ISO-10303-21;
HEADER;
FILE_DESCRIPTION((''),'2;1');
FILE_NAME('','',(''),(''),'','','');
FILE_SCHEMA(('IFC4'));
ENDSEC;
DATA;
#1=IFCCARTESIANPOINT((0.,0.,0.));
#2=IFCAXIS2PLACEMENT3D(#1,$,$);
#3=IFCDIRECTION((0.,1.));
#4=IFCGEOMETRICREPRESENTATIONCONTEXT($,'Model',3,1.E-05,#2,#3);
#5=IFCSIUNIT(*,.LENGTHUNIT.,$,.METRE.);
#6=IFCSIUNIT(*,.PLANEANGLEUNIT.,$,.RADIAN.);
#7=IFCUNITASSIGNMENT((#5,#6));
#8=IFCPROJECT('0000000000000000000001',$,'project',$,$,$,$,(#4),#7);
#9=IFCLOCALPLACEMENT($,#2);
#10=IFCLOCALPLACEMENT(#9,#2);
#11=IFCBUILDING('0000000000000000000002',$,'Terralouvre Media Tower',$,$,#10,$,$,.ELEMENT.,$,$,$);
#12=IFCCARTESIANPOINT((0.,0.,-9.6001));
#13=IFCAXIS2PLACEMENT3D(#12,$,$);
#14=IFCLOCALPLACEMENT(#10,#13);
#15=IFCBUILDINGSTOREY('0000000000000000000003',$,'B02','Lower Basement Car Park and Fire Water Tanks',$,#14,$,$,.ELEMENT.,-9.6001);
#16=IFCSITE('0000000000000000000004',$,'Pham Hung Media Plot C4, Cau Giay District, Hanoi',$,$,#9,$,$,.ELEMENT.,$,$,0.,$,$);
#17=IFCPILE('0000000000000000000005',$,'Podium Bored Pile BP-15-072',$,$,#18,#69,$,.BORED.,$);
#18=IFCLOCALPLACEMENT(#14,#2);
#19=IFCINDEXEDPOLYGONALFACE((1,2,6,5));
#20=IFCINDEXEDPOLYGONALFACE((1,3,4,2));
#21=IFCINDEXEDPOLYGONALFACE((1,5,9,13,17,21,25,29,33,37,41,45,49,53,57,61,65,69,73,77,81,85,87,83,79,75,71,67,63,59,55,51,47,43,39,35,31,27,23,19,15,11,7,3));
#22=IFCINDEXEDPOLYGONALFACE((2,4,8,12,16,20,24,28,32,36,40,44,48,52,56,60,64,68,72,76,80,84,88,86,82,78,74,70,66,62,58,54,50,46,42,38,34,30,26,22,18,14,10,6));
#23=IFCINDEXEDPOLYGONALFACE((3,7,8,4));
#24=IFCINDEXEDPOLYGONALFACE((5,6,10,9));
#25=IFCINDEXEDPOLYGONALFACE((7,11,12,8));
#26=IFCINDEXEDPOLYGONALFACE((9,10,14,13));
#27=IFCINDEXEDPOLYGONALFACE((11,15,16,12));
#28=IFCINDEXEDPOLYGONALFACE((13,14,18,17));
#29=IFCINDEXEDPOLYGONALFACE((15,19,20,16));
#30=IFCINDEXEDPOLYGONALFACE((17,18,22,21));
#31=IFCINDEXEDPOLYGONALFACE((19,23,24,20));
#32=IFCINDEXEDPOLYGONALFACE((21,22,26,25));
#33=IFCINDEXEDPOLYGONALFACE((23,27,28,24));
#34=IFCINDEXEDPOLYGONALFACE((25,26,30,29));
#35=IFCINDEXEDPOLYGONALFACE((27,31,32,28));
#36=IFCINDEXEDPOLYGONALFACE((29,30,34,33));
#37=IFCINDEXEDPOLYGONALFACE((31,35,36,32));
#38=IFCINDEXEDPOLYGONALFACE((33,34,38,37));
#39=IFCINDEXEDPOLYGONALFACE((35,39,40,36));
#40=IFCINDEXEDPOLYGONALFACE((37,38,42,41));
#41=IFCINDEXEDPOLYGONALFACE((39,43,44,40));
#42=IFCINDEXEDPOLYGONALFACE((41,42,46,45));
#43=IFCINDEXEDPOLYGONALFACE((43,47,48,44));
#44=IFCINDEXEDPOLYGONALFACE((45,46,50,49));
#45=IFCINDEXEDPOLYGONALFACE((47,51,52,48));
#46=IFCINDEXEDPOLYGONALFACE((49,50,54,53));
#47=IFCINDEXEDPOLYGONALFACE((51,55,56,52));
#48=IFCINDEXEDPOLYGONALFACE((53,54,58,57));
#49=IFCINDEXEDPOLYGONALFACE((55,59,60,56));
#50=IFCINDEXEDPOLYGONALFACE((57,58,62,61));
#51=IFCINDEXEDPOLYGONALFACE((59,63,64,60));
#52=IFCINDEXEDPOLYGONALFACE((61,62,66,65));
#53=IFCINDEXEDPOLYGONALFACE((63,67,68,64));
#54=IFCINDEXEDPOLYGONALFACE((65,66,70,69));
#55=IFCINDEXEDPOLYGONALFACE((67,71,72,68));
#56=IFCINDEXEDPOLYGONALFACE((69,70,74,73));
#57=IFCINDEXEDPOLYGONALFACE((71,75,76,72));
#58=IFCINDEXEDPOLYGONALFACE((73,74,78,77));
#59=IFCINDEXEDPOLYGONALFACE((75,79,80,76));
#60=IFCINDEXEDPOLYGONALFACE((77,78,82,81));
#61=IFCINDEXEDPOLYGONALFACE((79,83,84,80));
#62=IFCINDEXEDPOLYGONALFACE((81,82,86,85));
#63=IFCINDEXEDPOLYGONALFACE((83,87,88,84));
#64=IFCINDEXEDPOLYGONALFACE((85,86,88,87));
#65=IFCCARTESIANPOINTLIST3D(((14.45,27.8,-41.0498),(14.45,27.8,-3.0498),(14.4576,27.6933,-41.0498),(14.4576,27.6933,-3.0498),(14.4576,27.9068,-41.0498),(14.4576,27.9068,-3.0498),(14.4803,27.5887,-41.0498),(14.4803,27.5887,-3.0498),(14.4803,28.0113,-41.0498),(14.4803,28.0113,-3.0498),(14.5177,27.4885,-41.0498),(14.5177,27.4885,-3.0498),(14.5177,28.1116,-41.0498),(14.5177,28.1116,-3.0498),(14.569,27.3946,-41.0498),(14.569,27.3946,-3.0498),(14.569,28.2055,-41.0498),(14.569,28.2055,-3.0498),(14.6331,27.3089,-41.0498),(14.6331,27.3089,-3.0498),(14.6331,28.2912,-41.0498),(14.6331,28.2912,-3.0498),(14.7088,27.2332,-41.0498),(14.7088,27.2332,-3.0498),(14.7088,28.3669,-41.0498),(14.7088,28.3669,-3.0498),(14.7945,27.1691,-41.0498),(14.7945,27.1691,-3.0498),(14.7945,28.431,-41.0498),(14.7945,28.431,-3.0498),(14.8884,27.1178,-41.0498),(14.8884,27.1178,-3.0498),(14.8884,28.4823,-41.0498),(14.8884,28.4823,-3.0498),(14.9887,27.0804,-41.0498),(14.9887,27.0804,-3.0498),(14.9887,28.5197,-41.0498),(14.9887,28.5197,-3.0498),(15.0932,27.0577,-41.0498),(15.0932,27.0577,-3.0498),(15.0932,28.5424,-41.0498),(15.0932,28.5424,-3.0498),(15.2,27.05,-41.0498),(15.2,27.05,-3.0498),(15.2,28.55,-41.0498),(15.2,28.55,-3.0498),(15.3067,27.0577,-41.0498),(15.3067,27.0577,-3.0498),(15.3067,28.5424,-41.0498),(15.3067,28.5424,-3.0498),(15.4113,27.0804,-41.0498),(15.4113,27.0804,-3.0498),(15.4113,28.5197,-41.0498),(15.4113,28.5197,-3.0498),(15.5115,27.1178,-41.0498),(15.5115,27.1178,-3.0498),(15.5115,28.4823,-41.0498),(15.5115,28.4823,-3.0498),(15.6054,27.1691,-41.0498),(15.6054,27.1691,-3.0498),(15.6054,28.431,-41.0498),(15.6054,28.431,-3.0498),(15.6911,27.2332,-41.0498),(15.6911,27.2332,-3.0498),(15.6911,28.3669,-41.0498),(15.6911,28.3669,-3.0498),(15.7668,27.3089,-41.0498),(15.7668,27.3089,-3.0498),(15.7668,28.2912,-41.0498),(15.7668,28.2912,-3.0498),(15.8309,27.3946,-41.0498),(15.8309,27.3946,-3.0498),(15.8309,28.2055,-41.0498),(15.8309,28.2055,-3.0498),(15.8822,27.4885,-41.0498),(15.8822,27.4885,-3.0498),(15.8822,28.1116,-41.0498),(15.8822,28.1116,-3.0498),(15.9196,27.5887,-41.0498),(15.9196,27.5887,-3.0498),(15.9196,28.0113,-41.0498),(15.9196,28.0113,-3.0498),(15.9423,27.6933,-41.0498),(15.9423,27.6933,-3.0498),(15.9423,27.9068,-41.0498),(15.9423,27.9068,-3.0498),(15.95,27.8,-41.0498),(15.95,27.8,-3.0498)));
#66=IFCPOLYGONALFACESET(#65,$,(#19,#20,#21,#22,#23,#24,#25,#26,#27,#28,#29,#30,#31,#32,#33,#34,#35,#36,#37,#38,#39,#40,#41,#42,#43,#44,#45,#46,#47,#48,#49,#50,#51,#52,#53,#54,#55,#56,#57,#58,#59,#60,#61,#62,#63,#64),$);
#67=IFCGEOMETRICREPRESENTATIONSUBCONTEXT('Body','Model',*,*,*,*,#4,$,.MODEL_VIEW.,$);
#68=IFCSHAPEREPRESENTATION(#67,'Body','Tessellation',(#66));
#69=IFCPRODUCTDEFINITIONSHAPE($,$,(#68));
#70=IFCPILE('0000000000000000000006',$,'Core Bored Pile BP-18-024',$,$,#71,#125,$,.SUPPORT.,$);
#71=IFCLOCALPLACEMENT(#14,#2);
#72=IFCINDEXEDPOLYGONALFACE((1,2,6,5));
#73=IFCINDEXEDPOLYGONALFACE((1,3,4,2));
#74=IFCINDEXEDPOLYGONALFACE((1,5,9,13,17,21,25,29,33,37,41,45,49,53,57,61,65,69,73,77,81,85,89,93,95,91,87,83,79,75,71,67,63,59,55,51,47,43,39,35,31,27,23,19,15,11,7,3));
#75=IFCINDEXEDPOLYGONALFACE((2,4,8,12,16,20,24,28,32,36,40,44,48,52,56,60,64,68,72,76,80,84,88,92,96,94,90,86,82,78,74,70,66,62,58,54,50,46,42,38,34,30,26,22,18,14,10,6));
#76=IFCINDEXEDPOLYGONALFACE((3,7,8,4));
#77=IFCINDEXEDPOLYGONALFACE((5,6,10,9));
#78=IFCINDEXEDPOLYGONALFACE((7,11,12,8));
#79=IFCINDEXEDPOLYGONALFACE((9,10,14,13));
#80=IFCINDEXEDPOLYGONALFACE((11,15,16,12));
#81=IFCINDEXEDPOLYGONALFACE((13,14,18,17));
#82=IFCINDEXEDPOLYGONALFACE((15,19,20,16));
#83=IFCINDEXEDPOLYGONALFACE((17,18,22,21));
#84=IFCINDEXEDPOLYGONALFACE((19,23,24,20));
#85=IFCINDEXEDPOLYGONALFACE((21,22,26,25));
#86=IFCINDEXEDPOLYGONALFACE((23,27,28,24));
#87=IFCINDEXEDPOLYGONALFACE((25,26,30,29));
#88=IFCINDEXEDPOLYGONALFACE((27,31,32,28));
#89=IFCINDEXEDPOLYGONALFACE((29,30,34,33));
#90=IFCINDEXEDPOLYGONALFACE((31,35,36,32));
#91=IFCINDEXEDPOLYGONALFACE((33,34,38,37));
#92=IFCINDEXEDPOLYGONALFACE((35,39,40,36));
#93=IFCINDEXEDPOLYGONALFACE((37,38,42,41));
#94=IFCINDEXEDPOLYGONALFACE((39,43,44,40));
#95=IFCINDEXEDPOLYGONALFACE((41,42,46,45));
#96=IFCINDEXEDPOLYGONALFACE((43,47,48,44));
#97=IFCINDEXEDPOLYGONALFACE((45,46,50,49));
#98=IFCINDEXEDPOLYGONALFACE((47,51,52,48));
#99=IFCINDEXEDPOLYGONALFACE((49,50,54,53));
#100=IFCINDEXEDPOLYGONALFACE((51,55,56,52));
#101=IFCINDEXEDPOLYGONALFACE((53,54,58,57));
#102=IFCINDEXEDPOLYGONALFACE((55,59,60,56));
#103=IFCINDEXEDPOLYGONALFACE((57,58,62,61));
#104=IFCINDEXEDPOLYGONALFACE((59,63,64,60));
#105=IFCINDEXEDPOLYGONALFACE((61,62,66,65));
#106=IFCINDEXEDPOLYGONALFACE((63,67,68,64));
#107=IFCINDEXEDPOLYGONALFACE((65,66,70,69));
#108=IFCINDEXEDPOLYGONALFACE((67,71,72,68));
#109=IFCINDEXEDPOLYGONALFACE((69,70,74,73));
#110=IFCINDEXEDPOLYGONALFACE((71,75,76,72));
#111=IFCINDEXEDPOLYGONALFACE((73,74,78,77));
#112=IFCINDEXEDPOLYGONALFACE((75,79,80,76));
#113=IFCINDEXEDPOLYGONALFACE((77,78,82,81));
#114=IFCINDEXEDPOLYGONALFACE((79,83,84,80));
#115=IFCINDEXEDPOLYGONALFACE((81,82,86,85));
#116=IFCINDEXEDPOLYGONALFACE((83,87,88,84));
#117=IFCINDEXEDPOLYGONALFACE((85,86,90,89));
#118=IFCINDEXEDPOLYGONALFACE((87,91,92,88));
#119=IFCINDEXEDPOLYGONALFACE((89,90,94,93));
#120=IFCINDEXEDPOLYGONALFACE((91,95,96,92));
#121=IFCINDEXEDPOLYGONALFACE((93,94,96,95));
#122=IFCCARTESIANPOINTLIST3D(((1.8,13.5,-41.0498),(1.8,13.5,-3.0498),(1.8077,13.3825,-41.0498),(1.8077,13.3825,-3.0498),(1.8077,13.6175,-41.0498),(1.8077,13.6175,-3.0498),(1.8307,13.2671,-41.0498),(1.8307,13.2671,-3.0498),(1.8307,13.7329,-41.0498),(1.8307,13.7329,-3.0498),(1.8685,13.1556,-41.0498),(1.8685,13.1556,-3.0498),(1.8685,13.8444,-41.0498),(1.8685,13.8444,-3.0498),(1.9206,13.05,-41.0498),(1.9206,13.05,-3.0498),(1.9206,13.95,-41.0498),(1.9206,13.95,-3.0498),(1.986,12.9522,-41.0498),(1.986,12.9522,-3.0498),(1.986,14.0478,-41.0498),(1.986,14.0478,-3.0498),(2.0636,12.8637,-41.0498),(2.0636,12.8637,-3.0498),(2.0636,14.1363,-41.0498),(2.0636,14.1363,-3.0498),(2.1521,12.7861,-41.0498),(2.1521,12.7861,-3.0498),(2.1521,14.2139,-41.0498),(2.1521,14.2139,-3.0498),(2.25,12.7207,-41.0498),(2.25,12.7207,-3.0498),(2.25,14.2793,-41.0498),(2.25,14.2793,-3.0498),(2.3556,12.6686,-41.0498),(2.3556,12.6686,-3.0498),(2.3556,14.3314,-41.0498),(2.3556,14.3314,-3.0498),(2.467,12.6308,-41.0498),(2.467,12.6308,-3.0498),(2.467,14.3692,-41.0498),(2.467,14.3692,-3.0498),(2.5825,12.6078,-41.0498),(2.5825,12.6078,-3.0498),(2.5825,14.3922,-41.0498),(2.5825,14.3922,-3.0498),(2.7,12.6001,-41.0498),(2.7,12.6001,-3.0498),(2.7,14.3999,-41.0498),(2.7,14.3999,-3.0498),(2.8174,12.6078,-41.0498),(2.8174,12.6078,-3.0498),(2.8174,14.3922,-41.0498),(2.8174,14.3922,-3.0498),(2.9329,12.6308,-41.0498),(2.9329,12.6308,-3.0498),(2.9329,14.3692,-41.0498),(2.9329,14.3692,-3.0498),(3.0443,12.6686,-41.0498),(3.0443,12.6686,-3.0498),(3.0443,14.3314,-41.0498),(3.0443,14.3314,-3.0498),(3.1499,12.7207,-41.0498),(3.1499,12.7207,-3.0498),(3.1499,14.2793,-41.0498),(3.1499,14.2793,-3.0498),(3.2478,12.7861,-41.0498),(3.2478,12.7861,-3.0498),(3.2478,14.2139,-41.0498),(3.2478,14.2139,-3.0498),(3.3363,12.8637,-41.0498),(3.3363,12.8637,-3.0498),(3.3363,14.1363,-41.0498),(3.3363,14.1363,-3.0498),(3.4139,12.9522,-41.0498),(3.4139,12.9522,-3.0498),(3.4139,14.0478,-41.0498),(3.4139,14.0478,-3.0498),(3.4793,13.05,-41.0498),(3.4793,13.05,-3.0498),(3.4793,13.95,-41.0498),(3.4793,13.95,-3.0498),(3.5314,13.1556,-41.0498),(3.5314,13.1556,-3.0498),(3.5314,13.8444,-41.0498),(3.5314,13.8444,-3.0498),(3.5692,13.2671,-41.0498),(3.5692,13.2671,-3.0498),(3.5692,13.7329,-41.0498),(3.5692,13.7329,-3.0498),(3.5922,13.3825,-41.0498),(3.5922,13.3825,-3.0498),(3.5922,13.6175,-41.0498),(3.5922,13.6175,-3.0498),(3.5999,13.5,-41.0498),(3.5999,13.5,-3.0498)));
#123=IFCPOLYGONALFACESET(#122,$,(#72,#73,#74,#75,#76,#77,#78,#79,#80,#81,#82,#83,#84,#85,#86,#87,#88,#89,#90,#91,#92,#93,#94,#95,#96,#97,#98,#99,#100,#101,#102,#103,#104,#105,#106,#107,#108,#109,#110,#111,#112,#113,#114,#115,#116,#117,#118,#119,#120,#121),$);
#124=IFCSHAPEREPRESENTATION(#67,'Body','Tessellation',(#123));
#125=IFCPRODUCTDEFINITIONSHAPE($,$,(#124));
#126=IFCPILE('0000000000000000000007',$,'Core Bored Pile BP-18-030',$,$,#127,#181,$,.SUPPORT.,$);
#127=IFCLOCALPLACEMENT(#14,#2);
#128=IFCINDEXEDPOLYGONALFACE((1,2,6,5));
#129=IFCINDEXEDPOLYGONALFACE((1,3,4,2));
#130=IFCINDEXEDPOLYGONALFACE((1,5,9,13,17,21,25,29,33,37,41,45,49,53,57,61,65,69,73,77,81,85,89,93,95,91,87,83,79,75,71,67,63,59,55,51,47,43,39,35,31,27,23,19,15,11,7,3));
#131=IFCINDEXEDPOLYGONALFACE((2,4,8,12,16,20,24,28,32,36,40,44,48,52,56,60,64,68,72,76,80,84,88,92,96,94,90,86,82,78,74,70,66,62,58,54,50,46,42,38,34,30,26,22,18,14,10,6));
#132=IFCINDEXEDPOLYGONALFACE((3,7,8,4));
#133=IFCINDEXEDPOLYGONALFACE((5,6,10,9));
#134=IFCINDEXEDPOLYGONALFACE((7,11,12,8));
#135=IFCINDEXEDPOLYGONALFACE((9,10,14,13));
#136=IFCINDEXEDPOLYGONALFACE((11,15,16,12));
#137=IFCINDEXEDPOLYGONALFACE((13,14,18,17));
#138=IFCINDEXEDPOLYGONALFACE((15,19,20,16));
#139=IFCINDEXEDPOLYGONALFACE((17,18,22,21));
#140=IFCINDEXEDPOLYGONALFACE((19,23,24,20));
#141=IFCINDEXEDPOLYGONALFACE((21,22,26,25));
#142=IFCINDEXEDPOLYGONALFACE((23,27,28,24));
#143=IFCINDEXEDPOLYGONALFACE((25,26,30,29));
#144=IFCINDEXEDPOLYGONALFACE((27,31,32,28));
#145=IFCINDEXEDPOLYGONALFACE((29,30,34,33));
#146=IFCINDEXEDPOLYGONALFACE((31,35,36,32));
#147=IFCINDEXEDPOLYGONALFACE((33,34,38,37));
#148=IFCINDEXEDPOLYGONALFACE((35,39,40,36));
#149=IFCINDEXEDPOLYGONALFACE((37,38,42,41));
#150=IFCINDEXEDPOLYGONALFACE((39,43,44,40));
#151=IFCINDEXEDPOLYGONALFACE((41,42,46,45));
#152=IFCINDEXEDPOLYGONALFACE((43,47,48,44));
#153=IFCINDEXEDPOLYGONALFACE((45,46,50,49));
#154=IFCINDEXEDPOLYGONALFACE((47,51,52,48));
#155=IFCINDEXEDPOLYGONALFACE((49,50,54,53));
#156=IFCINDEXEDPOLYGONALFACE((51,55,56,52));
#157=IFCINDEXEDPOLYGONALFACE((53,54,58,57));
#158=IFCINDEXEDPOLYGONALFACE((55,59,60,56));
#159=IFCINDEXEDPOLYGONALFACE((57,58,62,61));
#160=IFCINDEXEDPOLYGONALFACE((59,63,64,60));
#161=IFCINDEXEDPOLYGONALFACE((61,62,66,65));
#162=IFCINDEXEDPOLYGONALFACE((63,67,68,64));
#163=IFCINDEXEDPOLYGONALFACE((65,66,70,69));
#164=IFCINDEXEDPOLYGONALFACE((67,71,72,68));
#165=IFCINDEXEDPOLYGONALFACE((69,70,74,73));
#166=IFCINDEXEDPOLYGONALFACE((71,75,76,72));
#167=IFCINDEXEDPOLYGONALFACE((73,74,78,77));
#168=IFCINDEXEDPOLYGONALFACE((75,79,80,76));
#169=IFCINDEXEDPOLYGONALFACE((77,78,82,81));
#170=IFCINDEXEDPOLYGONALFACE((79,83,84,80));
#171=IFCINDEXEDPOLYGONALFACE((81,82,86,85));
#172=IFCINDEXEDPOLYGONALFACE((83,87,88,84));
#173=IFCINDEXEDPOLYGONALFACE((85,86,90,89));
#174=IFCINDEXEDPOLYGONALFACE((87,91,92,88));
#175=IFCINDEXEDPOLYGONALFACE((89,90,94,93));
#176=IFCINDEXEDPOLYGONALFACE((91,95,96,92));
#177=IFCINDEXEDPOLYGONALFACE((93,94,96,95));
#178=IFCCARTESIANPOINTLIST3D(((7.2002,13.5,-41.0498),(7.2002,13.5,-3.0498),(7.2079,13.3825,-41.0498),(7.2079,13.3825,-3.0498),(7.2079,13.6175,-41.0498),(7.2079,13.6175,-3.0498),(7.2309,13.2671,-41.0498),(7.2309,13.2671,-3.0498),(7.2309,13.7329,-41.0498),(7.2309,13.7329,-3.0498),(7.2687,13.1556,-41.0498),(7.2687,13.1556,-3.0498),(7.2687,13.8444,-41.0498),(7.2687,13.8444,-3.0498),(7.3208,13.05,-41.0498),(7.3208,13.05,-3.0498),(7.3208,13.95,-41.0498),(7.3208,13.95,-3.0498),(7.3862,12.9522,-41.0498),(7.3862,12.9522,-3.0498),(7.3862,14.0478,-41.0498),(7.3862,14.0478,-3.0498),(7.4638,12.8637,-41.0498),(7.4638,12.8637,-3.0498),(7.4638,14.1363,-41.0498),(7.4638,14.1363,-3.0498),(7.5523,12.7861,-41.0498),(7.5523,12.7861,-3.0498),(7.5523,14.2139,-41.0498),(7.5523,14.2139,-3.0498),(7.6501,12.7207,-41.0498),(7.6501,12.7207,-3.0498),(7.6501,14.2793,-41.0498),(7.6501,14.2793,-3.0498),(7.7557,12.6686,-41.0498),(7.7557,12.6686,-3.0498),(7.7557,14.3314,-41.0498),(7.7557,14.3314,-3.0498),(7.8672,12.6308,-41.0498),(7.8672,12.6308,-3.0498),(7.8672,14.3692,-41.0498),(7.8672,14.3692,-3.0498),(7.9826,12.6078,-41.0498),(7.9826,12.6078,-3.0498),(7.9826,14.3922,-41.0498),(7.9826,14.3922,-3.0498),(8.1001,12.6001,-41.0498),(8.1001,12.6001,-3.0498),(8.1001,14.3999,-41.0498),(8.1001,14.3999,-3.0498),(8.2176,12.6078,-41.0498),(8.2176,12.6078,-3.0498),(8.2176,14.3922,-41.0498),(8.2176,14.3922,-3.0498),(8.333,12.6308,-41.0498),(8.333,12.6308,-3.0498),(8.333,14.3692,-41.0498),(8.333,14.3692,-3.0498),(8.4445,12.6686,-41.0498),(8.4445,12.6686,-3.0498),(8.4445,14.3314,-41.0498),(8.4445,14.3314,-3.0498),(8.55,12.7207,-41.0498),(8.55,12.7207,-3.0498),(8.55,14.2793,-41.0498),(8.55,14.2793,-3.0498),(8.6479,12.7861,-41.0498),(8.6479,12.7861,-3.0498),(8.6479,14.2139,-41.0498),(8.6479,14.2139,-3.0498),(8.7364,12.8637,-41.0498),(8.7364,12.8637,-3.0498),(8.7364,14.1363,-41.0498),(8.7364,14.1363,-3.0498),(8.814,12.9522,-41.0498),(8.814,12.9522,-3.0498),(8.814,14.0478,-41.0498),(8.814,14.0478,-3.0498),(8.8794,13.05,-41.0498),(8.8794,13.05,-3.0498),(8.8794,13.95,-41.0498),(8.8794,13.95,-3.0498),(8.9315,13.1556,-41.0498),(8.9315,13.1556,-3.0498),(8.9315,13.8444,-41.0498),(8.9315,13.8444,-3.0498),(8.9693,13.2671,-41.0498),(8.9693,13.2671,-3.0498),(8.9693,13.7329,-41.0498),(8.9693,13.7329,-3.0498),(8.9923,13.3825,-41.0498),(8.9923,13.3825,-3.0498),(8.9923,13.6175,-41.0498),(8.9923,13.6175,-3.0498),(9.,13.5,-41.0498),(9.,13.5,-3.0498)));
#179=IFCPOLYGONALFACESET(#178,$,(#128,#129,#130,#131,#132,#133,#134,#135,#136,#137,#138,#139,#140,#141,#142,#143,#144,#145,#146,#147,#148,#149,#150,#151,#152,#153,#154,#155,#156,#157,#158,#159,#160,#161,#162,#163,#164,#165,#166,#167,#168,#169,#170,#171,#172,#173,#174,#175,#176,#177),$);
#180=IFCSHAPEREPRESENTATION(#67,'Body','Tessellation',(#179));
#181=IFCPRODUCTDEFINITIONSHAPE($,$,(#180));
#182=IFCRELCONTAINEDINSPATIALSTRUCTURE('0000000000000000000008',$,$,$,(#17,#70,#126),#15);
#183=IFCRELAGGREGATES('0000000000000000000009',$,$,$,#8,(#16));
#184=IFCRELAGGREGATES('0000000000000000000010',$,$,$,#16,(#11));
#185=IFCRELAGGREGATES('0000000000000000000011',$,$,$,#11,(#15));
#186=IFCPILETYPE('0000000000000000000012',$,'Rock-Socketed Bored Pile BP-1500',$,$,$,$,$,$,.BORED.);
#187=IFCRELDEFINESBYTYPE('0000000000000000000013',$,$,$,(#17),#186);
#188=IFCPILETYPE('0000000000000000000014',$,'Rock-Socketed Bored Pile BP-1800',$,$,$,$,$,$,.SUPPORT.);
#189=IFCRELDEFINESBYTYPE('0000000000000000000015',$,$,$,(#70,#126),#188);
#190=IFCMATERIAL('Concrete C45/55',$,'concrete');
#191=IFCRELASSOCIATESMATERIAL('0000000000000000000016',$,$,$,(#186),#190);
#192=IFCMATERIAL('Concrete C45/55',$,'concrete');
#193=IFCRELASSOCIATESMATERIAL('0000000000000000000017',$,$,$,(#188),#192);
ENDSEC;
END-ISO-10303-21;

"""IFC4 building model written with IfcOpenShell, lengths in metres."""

from ifc_helpers import new_model, si_unit, direction, frame, origin, origin_2d, place, context, subcontext, project, spatial, circle, extrude, material, material_profile, profile_set, type_object, element, save


model = new_model("IFC4")

# Units and contexts
model_context = context("Model", 3, precision=1e-05, world=origin(), true_north=direction((0.0, 1.0)))
body_context = subcontext(model_context, "Body", "Model", "MODEL_VIEW")
ifc_project = project(units=[si_unit("LENGTHUNIT", "METRE"), si_unit("PLANEANGLEUNIT", "RADIAN")], contexts=[model_context])

# Site, building, storey
site_placement = place(None, origin())
site = spatial("IfcSite", under=ifc_project, at=site_placement, Name="Pham Hung Media Plot C4, Cau Giay District, Hanoi", CompositionType="ELEMENT", RefElevation=0.0)
building_placement = place(site_placement, origin())
building = spatial("IfcBuilding", under=site, at=building_placement, Name="Terralouvre Media Tower", CompositionType="ELEMENT")
storey_placement = place(building_placement, frame((0.0, 0.0, -9.6001)))
storey = spatial("IfcBuildingStorey", under=building, at=storey_placement, Name="B02", Description="Lower Basement Car Park and Fire Water Tanks", CompositionType="ELEMENT", Elevation=-9.6001)

# Piles
ifc_material_1 = material(Name="Concrete C45/55", Category="concrete")
ifc_material_profile_1 = material_profile(ifc_material_1, circle(Radius=0.75, at=origin_2d()), Name="BORED PILE 1500")
ifc_profile_set_1 = profile_set([ifc_material_profile_1], Name="Concrete C45/55")
pile_type_1 = type_object("IfcPileType", Name="Rock-Socketed Bored Pile BP-1500", PredefinedType="BORED", material=ifc_profile_set_1)
for number, where, z_axis, x_axis, name in (
    (1, (15.2, 27.8, -3.0498), (0.0, 0.0, -1.0), (1.0, 0.0, 0.0), "Podium Bored Pile BP-15-072"),
):
    element("IfcPile", number, at=place(storey_placement, frame(where, z_axis=z_axis, x_axis=x_axis)), inside=storey, type_object=pile_type_1, Name=name, PredefinedType="BORED", context=body_context, shape_type="SweptSolid", body=[
        extrude(circle(Radius=0.75, at=origin_2d()), origin(), (0.0, 0.0, 1.0), 38.0),
    ])
ifc_material_2 = material(Name="Concrete C45/55", Category="concrete")
ifc_material_profile_2 = material_profile(ifc_material_2, circle(Radius=0.8999, at=origin_2d()), Name="BORED PILE 1800")
ifc_profile_set_2 = profile_set([ifc_material_profile_2], Name="Concrete C45/55")
pile_type_2 = type_object("IfcPileType", Name="Rock-Socketed Bored Pile BP-1800", PredefinedType="SUPPORT", material=ifc_profile_set_2)
for number, where, z_axis, x_axis, name in (
    (2, (2.7, 13.5, -3.0498), (0.0, 0.0, -1.0), (1.0, 0.0, 0.0), "Core Bored Pile BP-18-024"),
    (3, (8.1001, 13.5, -3.0498), (0.0, 0.0, -1.0), (1.0, 0.0, 0.0), "Core Bored Pile BP-18-030"),
):
    element("IfcPile", number, at=place(storey_placement, frame(where, z_axis=z_axis, x_axis=x_axis)), inside=storey, type_object=pile_type_2, Name=name, PredefinedType="SUPPORT", context=body_context, shape_type="SweptSolid", body=[
        extrude(circle(Radius=0.8999, at=origin_2d()), origin(), (0.0, 0.0, 1.0), 38.0),
    ])

save(model, "model.ifc")
